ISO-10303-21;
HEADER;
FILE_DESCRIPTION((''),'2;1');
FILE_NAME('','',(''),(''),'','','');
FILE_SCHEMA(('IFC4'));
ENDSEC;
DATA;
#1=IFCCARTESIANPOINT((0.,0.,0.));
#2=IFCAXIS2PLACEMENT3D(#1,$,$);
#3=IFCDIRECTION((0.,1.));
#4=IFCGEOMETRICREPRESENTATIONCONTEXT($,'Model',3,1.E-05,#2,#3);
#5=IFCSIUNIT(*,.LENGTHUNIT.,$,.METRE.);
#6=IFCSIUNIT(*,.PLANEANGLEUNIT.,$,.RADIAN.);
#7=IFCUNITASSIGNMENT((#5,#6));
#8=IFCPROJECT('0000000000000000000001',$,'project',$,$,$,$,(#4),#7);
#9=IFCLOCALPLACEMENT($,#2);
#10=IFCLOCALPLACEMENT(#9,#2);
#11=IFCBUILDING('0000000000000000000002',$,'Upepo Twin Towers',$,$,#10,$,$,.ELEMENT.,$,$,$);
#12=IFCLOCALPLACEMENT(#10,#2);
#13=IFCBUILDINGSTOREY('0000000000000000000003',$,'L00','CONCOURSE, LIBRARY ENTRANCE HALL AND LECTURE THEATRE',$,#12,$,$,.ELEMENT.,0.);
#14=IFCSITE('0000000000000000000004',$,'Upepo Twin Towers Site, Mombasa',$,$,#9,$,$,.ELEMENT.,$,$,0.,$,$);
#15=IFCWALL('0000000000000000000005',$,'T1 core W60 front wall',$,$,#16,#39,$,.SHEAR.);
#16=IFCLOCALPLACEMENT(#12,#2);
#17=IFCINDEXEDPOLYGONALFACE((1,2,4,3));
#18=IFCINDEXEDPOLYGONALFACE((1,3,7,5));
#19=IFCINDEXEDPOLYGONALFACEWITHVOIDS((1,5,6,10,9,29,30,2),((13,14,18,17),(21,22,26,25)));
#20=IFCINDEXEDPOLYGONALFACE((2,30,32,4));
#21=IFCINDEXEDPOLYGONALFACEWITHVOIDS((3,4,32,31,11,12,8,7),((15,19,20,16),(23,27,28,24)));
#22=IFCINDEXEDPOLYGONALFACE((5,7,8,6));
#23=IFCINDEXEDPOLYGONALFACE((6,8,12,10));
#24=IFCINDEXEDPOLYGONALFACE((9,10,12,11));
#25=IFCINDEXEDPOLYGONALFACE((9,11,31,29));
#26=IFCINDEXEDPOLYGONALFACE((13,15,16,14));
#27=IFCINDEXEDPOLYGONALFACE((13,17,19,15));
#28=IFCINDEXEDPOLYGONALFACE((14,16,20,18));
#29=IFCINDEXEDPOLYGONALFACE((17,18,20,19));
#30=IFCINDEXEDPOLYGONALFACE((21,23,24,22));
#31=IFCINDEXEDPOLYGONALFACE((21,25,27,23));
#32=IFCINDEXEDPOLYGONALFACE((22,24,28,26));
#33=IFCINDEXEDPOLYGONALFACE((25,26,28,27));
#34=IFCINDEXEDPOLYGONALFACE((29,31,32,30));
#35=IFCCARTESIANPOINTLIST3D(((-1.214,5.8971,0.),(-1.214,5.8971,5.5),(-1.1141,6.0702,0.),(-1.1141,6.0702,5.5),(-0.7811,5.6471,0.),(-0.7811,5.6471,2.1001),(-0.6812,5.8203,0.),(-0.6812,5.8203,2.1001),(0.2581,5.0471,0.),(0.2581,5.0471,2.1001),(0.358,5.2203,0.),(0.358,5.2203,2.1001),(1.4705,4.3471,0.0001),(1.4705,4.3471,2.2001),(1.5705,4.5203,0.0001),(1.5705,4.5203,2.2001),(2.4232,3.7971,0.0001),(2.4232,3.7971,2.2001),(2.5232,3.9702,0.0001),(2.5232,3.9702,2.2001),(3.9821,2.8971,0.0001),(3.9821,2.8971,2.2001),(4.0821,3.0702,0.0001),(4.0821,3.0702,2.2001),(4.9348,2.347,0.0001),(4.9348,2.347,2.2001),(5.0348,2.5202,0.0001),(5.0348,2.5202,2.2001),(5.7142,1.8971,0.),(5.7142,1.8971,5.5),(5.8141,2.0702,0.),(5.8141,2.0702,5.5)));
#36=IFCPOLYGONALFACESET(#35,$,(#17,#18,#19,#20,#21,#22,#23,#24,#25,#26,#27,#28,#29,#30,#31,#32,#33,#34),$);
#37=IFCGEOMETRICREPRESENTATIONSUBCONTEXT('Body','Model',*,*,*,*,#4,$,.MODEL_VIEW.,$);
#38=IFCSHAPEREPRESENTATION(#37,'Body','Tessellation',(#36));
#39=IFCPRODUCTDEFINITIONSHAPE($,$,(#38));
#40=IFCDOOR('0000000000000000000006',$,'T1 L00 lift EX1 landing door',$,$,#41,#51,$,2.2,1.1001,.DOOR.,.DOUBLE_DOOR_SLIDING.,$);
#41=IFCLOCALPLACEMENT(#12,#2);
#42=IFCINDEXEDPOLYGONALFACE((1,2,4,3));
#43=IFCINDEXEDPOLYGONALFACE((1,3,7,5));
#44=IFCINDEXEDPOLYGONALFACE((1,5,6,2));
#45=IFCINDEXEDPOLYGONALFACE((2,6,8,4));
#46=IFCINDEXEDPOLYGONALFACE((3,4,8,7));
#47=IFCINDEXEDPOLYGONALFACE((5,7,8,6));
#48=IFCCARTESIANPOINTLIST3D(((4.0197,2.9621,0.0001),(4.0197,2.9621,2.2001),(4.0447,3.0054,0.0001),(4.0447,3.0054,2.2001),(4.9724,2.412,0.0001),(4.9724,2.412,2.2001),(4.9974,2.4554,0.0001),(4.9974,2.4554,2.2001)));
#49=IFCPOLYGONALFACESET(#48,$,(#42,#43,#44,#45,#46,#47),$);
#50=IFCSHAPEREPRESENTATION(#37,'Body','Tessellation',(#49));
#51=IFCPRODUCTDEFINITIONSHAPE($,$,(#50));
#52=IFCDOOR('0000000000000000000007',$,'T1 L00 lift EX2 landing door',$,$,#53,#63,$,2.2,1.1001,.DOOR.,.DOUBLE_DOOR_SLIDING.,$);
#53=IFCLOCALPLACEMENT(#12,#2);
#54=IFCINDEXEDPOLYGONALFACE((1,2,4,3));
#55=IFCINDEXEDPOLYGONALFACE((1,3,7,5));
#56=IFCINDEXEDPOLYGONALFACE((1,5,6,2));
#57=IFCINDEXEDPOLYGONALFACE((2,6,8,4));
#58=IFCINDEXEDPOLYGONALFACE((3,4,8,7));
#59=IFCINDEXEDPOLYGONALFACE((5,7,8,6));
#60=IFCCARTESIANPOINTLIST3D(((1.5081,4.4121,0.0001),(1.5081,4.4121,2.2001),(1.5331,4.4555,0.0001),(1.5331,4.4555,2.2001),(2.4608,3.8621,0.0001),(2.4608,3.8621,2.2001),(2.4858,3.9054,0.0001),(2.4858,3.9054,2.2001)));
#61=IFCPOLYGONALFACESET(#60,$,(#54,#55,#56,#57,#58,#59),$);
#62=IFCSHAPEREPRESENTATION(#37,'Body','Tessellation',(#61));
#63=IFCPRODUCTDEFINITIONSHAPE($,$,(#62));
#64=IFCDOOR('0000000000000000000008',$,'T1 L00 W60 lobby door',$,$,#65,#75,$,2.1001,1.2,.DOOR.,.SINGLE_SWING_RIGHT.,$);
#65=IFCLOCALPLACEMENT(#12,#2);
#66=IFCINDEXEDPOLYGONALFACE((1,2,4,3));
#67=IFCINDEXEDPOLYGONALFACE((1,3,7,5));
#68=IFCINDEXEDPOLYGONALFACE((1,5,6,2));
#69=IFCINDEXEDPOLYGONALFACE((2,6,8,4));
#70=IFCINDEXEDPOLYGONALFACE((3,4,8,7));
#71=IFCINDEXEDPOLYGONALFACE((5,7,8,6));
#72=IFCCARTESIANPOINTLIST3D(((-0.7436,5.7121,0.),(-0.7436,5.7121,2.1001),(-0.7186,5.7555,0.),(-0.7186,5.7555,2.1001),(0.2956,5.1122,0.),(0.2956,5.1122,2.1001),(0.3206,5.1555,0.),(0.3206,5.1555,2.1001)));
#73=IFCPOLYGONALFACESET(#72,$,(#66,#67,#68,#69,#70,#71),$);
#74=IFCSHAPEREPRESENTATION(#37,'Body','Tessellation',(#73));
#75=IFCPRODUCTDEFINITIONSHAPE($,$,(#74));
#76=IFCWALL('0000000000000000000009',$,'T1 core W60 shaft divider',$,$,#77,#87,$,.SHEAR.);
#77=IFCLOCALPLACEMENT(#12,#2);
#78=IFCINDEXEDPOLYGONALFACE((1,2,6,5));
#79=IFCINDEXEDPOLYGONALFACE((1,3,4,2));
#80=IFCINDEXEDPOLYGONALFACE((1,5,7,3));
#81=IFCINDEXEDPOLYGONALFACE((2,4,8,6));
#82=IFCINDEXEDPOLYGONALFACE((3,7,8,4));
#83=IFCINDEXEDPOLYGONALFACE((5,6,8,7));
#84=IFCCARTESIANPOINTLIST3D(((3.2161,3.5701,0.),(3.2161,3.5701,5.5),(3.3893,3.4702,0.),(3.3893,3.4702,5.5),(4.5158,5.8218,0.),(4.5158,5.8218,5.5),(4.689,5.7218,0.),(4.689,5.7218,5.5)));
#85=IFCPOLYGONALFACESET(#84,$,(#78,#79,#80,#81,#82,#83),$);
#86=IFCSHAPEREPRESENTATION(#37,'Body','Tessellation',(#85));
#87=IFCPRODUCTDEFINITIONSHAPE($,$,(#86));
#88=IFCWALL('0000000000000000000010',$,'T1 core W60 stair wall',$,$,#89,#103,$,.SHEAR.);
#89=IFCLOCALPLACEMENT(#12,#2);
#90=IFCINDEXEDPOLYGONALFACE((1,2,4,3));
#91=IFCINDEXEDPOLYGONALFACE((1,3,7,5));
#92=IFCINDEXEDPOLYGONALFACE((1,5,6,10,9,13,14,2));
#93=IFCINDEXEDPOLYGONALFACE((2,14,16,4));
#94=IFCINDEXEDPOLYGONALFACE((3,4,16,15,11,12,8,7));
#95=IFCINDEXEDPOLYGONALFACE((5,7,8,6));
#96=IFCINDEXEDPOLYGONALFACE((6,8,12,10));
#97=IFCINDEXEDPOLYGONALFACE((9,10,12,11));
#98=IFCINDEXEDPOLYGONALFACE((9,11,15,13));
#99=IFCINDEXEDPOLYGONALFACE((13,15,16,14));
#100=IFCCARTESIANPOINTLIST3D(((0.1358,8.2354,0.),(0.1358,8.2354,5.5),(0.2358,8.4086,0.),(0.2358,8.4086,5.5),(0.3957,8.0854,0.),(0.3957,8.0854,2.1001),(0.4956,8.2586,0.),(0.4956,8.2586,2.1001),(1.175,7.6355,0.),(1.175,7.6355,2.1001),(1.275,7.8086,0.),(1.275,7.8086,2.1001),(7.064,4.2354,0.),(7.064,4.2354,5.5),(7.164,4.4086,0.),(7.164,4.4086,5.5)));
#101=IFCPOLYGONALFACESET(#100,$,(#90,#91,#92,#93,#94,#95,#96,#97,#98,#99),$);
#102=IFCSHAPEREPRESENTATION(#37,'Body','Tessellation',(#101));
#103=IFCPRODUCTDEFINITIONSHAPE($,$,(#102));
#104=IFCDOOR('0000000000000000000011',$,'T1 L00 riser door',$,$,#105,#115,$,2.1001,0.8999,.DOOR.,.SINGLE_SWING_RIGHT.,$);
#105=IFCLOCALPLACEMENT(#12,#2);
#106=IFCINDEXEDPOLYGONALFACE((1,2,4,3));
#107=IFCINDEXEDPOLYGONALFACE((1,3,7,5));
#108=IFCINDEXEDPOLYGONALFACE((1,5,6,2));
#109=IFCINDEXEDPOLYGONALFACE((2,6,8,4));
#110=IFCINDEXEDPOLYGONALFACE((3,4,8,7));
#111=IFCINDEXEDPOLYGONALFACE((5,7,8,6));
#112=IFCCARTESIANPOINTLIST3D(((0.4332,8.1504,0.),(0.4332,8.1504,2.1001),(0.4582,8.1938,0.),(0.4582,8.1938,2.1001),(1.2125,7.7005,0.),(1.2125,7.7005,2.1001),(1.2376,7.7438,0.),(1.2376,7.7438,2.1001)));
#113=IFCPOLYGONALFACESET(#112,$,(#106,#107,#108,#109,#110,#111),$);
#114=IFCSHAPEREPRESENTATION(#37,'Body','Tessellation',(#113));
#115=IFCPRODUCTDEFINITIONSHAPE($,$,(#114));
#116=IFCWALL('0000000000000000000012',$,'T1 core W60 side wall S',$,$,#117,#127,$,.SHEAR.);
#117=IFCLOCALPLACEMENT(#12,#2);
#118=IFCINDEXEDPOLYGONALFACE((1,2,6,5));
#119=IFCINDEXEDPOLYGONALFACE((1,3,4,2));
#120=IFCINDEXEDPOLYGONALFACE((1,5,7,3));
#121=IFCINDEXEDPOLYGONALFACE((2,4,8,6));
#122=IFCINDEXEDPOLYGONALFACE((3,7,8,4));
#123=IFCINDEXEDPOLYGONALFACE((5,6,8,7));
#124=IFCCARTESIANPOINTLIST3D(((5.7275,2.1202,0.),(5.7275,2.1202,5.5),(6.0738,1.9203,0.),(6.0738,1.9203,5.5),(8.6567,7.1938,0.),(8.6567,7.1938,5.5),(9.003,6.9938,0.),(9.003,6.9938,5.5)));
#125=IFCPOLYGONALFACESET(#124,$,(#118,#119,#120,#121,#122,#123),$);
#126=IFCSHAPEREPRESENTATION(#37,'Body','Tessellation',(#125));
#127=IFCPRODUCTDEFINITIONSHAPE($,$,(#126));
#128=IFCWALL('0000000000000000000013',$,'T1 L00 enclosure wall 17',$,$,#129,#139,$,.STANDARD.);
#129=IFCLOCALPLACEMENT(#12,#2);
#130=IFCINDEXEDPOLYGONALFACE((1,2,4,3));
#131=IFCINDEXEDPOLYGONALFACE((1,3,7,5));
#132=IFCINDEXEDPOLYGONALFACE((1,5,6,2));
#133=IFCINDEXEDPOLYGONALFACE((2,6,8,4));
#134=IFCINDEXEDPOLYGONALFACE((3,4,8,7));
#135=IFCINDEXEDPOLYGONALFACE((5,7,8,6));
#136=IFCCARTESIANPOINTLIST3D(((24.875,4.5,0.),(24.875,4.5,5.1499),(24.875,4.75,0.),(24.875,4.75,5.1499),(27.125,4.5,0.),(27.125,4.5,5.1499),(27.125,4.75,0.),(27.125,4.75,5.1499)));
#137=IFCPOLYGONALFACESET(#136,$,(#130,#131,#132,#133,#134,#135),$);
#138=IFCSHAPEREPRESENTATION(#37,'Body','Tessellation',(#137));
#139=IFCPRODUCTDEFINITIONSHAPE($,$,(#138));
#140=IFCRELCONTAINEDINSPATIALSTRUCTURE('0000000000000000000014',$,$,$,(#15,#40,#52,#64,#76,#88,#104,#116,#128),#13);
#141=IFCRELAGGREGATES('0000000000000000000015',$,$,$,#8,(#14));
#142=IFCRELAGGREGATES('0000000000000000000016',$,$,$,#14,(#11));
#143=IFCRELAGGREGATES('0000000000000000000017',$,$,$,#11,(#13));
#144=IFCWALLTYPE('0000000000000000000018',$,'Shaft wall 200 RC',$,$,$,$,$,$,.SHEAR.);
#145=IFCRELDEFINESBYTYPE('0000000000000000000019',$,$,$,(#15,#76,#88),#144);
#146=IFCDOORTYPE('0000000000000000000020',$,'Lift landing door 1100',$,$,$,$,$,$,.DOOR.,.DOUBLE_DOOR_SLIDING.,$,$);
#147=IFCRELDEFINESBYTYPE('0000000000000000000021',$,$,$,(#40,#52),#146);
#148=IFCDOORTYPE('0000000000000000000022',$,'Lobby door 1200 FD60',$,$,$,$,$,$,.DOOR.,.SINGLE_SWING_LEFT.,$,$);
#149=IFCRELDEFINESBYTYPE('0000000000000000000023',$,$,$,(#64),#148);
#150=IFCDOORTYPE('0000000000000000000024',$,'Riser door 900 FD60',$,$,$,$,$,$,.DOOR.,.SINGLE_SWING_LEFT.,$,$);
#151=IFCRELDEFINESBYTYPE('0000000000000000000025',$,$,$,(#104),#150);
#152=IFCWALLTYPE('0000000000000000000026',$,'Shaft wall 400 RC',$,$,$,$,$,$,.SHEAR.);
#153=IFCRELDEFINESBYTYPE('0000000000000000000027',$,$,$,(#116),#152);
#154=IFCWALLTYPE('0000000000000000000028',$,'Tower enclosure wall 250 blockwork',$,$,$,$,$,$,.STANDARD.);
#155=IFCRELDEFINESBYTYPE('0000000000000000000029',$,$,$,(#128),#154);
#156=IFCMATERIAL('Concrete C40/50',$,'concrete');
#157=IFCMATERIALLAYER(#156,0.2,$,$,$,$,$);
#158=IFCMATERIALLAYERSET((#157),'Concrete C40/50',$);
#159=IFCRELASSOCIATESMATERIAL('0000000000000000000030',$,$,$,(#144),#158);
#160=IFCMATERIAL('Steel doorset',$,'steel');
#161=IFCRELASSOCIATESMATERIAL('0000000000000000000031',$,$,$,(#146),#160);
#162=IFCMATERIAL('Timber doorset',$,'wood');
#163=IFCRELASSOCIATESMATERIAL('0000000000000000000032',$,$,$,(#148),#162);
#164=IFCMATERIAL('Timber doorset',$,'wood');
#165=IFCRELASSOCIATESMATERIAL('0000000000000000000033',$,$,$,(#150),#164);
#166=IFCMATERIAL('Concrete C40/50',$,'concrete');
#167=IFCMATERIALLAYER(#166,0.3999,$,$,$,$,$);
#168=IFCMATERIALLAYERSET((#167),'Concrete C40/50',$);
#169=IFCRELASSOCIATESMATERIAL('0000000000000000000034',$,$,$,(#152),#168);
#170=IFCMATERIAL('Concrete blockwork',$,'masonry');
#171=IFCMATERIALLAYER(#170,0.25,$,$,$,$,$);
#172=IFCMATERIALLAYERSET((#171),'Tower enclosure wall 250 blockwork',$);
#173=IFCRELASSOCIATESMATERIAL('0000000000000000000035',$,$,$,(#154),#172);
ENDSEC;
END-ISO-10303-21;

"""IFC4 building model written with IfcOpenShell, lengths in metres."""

from ifc_helpers import new_model, si_unit, direction, frame, frame_2d, origin, place, context, subcontext, project, spatial, rectangle, extrude, material, layer, layer_set, type_object, element, fill, save


model = new_model("IFC4")

# Units and contexts
model_context = context("Model", 3, precision=1e-05, world=origin(), true_north=direction((0.0, 1.0)))
body_context = subcontext(model_context, "Body", "Model", "MODEL_VIEW")
ifc_project = project(units=[si_unit("LENGTHUNIT", "METRE"), si_unit("PLANEANGLEUNIT", "RADIAN")], contexts=[model_context])

# Site, building, storey
site_placement = place(None, origin())
site = spatial("IfcSite", under=ifc_project, at=site_placement, Name="Upepo Twin Towers Site, Mombasa", CompositionType="ELEMENT", RefElevation=0.0)
building_placement = place(site_placement, origin())
building = spatial("IfcBuilding", under=site, at=building_placement, Name="Upepo Twin Towers", CompositionType="ELEMENT")
storey_placement = place(building_placement, origin())
storey = spatial("IfcBuildingStorey", under=building, at=storey_placement, Name="L00", Description="CONCOURSE, LIBRARY ENTRANCE HALL AND LECTURE THEATRE", CompositionType="ELEMENT", Elevation=0.0)

# Wall, openings, doors
ifc_material_1 = material(Name="Concrete C40/50", Category="concrete")
ifc_layer_1 = layer(ifc_material_1, 0.2)
ifc_layer_set_1 = layer_set([ifc_layer_1], Name="Concrete C40/50")
wall_type_1 = type_object("IfcWallType", Name="Shaft wall 200 RC", PredefinedType="SHEAR", material=ifc_layer_set_1)
wall_1_placement = place(storey_placement, frame((5.7642, 1.9836, 0.0), z_axis=(0.0, 0.0, 1.0), x_axis=(-0.866026, 0.499999, 0.0)))
wall_1 = element("IfcWall", 1, at=wall_1_placement, inside=storey, type_object=wall_type_1, Name="T1 core W60 front wall", PredefinedType="SHEAR", context=body_context, shape_type="SweptSolid", body=[
    extrude(rectangle(XDim=8.0, YDim=0.2, at=frame_2d((4.0, 0.0))), origin(), (0.0, 0.0, 1.0), 5.5),
])
opening_1_placement = place(wall_1_placement, frame((6.3, 0.0, 0.0)))
opening_1 = element("IfcOpeningElement", 2, at=opening_1_placement, cuts=wall_1, PredefinedType="OPENING", context=body_context, shape_type="SweptSolid", body=[
    extrude(rectangle(XDim=1.2, YDim=2.1001, at=frame_2d((0.6001, 1.05))), frame((0.0, 0.1099, 0.0), z_axis=(0.0, -1.0, 0.0), x_axis=(1.0, 0.0, 0.0)), (0.0, 0.0, 1.0), 0.22),
])
opening_2_placement = place(wall_1_placement, frame((0.8999, 0.0, 0.0)))
opening_2 = element("IfcOpeningElement", 3, at=opening_2_placement, cuts=wall_1, PredefinedType="OPENING", context=body_context, shape_type="SweptSolid", body=[
    extrude(rectangle(XDim=1.1001, YDim=2.2, at=frame_2d((0.55, 1.1001))), frame((0.0, 0.1099, 0.0), z_axis=(0.0, -1.0, 0.0), x_axis=(1.0, 0.0, 0.0)), (0.0, 0.0, 1.0), 0.22),
])
opening_3_placement = place(wall_1_placement, frame((3.8, 0.0, 0.0)))
opening_3 = element("IfcOpeningElement", 4, at=opening_3_placement, cuts=wall_1, PredefinedType="OPENING", context=body_context, shape_type="SweptSolid", body=[
    extrude(rectangle(XDim=1.1001, YDim=2.2, at=frame_2d((0.55, 1.1001))), frame((0.0, 0.1099, 0.0), z_axis=(0.0, -1.0, 0.0), x_axis=(1.0, 0.0, 0.0)), (0.0, 0.0, 1.0), 0.22),
])
ifc_material_2 = material(Name="Steel doorset", Category="steel")
door_type_1 = type_object("IfcDoorType", Name="Lift landing door 1100", OperationType="DOUBLE_DOOR_SLIDING", PredefinedType="DOOR", material=ifc_material_2)
door_1_placement = place(opening_2_placement, origin())
door_1 = element("IfcDoor", 5, at=door_1_placement, inside=storey, type_object=door_type_1, Name="T1 L00 lift EX1 landing door", OperationType="DOUBLE_DOOR_SLIDING", OverallHeight=2.2, OverallWidth=1.1001, PredefinedType="DOOR", context=body_context, shape_type="SweptSolid", body=[
    extrude(rectangle(XDim=1.1001, YDim=2.2, at=frame_2d((0.55, 1.1001))), frame((0.0, 0.0249, 0.0), z_axis=(0.0, -1.0, 0.0), x_axis=(1.0, 0.0, 0.0)), (0.0, 0.0, 1.0), 0.05),
])
fill(opening_2, door_1)
door_2_placement = place(opening_3_placement, origin())
door_2 = element("IfcDoor", 6, at=door_2_placement, inside=storey, type_object=door_type_1, Name="T1 L00 lift EX2 landing door", OperationType="DOUBLE_DOOR_SLIDING", OverallHeight=2.2, OverallWidth=1.1001, PredefinedType="DOOR", context=body_context, shape_type="SweptSolid", body=[
    extrude(rectangle(XDim=1.1001, YDim=2.2, at=frame_2d((0.55, 1.1001))), frame((0.0, 0.0249, 0.0), z_axis=(0.0, -1.0, 0.0), x_axis=(1.0, 0.0, 0.0)), (0.0, 0.0, 1.0), 0.05),
])
fill(opening_3, door_2)
ifc_material_3 = material(Name="Timber doorset", Category="wood")
door_type_2 = type_object("IfcDoorType", Name="Lobby door 1200 FD60", OperationType="SINGLE_SWING_LEFT", PredefinedType="DOOR", material=ifc_material_3)
door_3_placement = place(opening_1_placement, origin())
door_3 = element("IfcDoor", 7, at=door_3_placement, inside=storey, type_object=door_type_2, Name="T1 L00 W60 lobby door", OperationType="SINGLE_SWING_RIGHT", OverallHeight=2.1001, OverallWidth=1.2, PredefinedType="DOOR", context=body_context, shape_type="SweptSolid", body=[
    extrude(rectangle(XDim=1.2, YDim=2.1001, at=frame_2d((0.6001, 1.05))), frame((0.0, 0.0249, 0.0), z_axis=(0.0, -1.0, 0.0), x_axis=(1.0, 0.0, 0.0)), (0.0, 0.0, 1.0), 0.05),
])
fill(opening_1, door_3)

# Wall
wall_2_placement = place(storey_placement, frame((3.3027, 3.5203, 0.0), z_axis=(0.0, 0.0, 1.0), x_axis=(0.499937, 0.866062, 0.0)))
element("IfcWall", 8, at=wall_2_placement, inside=storey, type_object=wall_type_1, Name="T1 core W60 shaft divider", PredefinedType="SHEAR", context=body_context, shape_type="SweptSolid", body=[
    extrude(rectangle(XDim=2.5999, YDim=0.2, at=frame_2d((1.2998, 0.0))), origin(), (0.0, 0.0, 1.0), 5.5),
])

# Wall, opening, door
wall_3_placement = place(storey_placement, frame((7.114, 4.322, 0.0), z_axis=(0.0, 0.0, 1.0), x_axis=(-0.866026, 0.499999, 0.0)))
wall_3 = element("IfcWall", 9, at=wall_3_placement, inside=storey, type_object=wall_type_1, Name="T1 core W60 stair wall", PredefinedType="SHEAR", context=body_context, shape_type="SweptSolid", body=[
    extrude(rectangle(XDim=8.0, YDim=0.2, at=frame_2d((4.0, 0.0))), origin(), (0.0, 0.0, 1.0), 5.5),
])
opening_4_placement = place(wall_3_placement, frame((6.8, 0.0, 0.0)))
opening_4 = element("IfcOpeningElement", 10, at=opening_4_placement, cuts=wall_3, PredefinedType="OPENING", context=body_context, shape_type="SweptSolid", body=[
    extrude(rectangle(XDim=0.8999, YDim=2.1001, at=frame_2d((0.45, 1.05))), frame((0.0, 0.1099, 0.0), z_axis=(0.0, -1.0, 0.0), x_axis=(1.0, 0.0, 0.0)), (0.0, 0.0, 1.0), 0.22),
])
ifc_material_4 = material(Name="Timber doorset", Category="wood")
door_type_3 = type_object("IfcDoorType", Name="Riser door 900 FD60", OperationType="SINGLE_SWING_LEFT", PredefinedType="DOOR", material=ifc_material_4)
door_4_placement = place(opening_4_placement, origin())
door_4 = element("IfcDoor", 11, at=door_4_placement, inside=storey, type_object=door_type_3, Name="T1 L00 riser door", OperationType="SINGLE_SWING_RIGHT", OverallHeight=2.1001, OverallWidth=0.8999, PredefinedType="DOOR", context=body_context, shape_type="SweptSolid", body=[
    extrude(rectangle(XDim=0.8999, YDim=2.1001, at=frame_2d((0.45, 1.05))), frame((0.0, 0.0249, 0.0), z_axis=(0.0, -1.0, 0.0), x_axis=(1.0, 0.0, 0.0)), (0.0, 0.0, 1.0), 0.05),
])
fill(opening_4, door_4)

# Walls
ifc_material_5 = material(Name="Concrete C40/50", Category="concrete")
ifc_layer_2 = layer(ifc_material_5, 0.3999)
ifc_layer_set_2 = layer_set([ifc_layer_2], Name="Concrete C40/50")
wall_type_2 = type_object("IfcWallType", Name="Shaft wall 400 RC", PredefinedType="SHEAR", material=ifc_layer_set_2)
wall_4_placement = place(storey_placement, frame((5.9006, 2.0203, 0.0), z_axis=(0.0, 0.0, 1.0), x_axis=(0.500003, 0.866024, 0.0)))
element("IfcWall", 12, at=wall_4_placement, inside=storey, type_object=wall_type_2, Name="T1 core W60 side wall S", PredefinedType="SHEAR", context=body_context, shape_type="SweptSolid", body=[
    extrude(rectangle(XDim=5.8584, YDim=0.3999, at=frame_2d((2.9292, 0.0))), origin(), (0.0, 0.0, 1.0), 5.5),
])
ifc_material_6 = material(Name="Concrete blockwork", Category="masonry")
ifc_layer_3 = layer(ifc_material_6, 0.25)
ifc_layer_set_3 = layer_set([ifc_layer_3], Name="Tower enclosure wall 250 blockwork")
wall_type_3 = type_object("IfcWallType", Name="Tower enclosure wall 250 blockwork", PredefinedType="STANDARD", material=ifc_layer_set_3)
wall_5_placement = place(storey_placement, frame((24.875, 4.625, 0.0), z_axis=(0.0, 0.0, 1.0), x_axis=(1.0, 0.0, 0.0)))
element("IfcWall", 13, at=wall_5_placement, inside=storey, type_object=wall_type_3, Name="T1 L00 enclosure wall 17", PredefinedType="STANDARD", context=body_context, shape_type="SweptSolid", body=[
    extrude(rectangle(XDim=2.25, YDim=0.25, at=frame_2d((1.125, 0.0))), origin(), (0.0, 0.0, 1.0), 5.1499),
])

save(model, "model.ifc")
